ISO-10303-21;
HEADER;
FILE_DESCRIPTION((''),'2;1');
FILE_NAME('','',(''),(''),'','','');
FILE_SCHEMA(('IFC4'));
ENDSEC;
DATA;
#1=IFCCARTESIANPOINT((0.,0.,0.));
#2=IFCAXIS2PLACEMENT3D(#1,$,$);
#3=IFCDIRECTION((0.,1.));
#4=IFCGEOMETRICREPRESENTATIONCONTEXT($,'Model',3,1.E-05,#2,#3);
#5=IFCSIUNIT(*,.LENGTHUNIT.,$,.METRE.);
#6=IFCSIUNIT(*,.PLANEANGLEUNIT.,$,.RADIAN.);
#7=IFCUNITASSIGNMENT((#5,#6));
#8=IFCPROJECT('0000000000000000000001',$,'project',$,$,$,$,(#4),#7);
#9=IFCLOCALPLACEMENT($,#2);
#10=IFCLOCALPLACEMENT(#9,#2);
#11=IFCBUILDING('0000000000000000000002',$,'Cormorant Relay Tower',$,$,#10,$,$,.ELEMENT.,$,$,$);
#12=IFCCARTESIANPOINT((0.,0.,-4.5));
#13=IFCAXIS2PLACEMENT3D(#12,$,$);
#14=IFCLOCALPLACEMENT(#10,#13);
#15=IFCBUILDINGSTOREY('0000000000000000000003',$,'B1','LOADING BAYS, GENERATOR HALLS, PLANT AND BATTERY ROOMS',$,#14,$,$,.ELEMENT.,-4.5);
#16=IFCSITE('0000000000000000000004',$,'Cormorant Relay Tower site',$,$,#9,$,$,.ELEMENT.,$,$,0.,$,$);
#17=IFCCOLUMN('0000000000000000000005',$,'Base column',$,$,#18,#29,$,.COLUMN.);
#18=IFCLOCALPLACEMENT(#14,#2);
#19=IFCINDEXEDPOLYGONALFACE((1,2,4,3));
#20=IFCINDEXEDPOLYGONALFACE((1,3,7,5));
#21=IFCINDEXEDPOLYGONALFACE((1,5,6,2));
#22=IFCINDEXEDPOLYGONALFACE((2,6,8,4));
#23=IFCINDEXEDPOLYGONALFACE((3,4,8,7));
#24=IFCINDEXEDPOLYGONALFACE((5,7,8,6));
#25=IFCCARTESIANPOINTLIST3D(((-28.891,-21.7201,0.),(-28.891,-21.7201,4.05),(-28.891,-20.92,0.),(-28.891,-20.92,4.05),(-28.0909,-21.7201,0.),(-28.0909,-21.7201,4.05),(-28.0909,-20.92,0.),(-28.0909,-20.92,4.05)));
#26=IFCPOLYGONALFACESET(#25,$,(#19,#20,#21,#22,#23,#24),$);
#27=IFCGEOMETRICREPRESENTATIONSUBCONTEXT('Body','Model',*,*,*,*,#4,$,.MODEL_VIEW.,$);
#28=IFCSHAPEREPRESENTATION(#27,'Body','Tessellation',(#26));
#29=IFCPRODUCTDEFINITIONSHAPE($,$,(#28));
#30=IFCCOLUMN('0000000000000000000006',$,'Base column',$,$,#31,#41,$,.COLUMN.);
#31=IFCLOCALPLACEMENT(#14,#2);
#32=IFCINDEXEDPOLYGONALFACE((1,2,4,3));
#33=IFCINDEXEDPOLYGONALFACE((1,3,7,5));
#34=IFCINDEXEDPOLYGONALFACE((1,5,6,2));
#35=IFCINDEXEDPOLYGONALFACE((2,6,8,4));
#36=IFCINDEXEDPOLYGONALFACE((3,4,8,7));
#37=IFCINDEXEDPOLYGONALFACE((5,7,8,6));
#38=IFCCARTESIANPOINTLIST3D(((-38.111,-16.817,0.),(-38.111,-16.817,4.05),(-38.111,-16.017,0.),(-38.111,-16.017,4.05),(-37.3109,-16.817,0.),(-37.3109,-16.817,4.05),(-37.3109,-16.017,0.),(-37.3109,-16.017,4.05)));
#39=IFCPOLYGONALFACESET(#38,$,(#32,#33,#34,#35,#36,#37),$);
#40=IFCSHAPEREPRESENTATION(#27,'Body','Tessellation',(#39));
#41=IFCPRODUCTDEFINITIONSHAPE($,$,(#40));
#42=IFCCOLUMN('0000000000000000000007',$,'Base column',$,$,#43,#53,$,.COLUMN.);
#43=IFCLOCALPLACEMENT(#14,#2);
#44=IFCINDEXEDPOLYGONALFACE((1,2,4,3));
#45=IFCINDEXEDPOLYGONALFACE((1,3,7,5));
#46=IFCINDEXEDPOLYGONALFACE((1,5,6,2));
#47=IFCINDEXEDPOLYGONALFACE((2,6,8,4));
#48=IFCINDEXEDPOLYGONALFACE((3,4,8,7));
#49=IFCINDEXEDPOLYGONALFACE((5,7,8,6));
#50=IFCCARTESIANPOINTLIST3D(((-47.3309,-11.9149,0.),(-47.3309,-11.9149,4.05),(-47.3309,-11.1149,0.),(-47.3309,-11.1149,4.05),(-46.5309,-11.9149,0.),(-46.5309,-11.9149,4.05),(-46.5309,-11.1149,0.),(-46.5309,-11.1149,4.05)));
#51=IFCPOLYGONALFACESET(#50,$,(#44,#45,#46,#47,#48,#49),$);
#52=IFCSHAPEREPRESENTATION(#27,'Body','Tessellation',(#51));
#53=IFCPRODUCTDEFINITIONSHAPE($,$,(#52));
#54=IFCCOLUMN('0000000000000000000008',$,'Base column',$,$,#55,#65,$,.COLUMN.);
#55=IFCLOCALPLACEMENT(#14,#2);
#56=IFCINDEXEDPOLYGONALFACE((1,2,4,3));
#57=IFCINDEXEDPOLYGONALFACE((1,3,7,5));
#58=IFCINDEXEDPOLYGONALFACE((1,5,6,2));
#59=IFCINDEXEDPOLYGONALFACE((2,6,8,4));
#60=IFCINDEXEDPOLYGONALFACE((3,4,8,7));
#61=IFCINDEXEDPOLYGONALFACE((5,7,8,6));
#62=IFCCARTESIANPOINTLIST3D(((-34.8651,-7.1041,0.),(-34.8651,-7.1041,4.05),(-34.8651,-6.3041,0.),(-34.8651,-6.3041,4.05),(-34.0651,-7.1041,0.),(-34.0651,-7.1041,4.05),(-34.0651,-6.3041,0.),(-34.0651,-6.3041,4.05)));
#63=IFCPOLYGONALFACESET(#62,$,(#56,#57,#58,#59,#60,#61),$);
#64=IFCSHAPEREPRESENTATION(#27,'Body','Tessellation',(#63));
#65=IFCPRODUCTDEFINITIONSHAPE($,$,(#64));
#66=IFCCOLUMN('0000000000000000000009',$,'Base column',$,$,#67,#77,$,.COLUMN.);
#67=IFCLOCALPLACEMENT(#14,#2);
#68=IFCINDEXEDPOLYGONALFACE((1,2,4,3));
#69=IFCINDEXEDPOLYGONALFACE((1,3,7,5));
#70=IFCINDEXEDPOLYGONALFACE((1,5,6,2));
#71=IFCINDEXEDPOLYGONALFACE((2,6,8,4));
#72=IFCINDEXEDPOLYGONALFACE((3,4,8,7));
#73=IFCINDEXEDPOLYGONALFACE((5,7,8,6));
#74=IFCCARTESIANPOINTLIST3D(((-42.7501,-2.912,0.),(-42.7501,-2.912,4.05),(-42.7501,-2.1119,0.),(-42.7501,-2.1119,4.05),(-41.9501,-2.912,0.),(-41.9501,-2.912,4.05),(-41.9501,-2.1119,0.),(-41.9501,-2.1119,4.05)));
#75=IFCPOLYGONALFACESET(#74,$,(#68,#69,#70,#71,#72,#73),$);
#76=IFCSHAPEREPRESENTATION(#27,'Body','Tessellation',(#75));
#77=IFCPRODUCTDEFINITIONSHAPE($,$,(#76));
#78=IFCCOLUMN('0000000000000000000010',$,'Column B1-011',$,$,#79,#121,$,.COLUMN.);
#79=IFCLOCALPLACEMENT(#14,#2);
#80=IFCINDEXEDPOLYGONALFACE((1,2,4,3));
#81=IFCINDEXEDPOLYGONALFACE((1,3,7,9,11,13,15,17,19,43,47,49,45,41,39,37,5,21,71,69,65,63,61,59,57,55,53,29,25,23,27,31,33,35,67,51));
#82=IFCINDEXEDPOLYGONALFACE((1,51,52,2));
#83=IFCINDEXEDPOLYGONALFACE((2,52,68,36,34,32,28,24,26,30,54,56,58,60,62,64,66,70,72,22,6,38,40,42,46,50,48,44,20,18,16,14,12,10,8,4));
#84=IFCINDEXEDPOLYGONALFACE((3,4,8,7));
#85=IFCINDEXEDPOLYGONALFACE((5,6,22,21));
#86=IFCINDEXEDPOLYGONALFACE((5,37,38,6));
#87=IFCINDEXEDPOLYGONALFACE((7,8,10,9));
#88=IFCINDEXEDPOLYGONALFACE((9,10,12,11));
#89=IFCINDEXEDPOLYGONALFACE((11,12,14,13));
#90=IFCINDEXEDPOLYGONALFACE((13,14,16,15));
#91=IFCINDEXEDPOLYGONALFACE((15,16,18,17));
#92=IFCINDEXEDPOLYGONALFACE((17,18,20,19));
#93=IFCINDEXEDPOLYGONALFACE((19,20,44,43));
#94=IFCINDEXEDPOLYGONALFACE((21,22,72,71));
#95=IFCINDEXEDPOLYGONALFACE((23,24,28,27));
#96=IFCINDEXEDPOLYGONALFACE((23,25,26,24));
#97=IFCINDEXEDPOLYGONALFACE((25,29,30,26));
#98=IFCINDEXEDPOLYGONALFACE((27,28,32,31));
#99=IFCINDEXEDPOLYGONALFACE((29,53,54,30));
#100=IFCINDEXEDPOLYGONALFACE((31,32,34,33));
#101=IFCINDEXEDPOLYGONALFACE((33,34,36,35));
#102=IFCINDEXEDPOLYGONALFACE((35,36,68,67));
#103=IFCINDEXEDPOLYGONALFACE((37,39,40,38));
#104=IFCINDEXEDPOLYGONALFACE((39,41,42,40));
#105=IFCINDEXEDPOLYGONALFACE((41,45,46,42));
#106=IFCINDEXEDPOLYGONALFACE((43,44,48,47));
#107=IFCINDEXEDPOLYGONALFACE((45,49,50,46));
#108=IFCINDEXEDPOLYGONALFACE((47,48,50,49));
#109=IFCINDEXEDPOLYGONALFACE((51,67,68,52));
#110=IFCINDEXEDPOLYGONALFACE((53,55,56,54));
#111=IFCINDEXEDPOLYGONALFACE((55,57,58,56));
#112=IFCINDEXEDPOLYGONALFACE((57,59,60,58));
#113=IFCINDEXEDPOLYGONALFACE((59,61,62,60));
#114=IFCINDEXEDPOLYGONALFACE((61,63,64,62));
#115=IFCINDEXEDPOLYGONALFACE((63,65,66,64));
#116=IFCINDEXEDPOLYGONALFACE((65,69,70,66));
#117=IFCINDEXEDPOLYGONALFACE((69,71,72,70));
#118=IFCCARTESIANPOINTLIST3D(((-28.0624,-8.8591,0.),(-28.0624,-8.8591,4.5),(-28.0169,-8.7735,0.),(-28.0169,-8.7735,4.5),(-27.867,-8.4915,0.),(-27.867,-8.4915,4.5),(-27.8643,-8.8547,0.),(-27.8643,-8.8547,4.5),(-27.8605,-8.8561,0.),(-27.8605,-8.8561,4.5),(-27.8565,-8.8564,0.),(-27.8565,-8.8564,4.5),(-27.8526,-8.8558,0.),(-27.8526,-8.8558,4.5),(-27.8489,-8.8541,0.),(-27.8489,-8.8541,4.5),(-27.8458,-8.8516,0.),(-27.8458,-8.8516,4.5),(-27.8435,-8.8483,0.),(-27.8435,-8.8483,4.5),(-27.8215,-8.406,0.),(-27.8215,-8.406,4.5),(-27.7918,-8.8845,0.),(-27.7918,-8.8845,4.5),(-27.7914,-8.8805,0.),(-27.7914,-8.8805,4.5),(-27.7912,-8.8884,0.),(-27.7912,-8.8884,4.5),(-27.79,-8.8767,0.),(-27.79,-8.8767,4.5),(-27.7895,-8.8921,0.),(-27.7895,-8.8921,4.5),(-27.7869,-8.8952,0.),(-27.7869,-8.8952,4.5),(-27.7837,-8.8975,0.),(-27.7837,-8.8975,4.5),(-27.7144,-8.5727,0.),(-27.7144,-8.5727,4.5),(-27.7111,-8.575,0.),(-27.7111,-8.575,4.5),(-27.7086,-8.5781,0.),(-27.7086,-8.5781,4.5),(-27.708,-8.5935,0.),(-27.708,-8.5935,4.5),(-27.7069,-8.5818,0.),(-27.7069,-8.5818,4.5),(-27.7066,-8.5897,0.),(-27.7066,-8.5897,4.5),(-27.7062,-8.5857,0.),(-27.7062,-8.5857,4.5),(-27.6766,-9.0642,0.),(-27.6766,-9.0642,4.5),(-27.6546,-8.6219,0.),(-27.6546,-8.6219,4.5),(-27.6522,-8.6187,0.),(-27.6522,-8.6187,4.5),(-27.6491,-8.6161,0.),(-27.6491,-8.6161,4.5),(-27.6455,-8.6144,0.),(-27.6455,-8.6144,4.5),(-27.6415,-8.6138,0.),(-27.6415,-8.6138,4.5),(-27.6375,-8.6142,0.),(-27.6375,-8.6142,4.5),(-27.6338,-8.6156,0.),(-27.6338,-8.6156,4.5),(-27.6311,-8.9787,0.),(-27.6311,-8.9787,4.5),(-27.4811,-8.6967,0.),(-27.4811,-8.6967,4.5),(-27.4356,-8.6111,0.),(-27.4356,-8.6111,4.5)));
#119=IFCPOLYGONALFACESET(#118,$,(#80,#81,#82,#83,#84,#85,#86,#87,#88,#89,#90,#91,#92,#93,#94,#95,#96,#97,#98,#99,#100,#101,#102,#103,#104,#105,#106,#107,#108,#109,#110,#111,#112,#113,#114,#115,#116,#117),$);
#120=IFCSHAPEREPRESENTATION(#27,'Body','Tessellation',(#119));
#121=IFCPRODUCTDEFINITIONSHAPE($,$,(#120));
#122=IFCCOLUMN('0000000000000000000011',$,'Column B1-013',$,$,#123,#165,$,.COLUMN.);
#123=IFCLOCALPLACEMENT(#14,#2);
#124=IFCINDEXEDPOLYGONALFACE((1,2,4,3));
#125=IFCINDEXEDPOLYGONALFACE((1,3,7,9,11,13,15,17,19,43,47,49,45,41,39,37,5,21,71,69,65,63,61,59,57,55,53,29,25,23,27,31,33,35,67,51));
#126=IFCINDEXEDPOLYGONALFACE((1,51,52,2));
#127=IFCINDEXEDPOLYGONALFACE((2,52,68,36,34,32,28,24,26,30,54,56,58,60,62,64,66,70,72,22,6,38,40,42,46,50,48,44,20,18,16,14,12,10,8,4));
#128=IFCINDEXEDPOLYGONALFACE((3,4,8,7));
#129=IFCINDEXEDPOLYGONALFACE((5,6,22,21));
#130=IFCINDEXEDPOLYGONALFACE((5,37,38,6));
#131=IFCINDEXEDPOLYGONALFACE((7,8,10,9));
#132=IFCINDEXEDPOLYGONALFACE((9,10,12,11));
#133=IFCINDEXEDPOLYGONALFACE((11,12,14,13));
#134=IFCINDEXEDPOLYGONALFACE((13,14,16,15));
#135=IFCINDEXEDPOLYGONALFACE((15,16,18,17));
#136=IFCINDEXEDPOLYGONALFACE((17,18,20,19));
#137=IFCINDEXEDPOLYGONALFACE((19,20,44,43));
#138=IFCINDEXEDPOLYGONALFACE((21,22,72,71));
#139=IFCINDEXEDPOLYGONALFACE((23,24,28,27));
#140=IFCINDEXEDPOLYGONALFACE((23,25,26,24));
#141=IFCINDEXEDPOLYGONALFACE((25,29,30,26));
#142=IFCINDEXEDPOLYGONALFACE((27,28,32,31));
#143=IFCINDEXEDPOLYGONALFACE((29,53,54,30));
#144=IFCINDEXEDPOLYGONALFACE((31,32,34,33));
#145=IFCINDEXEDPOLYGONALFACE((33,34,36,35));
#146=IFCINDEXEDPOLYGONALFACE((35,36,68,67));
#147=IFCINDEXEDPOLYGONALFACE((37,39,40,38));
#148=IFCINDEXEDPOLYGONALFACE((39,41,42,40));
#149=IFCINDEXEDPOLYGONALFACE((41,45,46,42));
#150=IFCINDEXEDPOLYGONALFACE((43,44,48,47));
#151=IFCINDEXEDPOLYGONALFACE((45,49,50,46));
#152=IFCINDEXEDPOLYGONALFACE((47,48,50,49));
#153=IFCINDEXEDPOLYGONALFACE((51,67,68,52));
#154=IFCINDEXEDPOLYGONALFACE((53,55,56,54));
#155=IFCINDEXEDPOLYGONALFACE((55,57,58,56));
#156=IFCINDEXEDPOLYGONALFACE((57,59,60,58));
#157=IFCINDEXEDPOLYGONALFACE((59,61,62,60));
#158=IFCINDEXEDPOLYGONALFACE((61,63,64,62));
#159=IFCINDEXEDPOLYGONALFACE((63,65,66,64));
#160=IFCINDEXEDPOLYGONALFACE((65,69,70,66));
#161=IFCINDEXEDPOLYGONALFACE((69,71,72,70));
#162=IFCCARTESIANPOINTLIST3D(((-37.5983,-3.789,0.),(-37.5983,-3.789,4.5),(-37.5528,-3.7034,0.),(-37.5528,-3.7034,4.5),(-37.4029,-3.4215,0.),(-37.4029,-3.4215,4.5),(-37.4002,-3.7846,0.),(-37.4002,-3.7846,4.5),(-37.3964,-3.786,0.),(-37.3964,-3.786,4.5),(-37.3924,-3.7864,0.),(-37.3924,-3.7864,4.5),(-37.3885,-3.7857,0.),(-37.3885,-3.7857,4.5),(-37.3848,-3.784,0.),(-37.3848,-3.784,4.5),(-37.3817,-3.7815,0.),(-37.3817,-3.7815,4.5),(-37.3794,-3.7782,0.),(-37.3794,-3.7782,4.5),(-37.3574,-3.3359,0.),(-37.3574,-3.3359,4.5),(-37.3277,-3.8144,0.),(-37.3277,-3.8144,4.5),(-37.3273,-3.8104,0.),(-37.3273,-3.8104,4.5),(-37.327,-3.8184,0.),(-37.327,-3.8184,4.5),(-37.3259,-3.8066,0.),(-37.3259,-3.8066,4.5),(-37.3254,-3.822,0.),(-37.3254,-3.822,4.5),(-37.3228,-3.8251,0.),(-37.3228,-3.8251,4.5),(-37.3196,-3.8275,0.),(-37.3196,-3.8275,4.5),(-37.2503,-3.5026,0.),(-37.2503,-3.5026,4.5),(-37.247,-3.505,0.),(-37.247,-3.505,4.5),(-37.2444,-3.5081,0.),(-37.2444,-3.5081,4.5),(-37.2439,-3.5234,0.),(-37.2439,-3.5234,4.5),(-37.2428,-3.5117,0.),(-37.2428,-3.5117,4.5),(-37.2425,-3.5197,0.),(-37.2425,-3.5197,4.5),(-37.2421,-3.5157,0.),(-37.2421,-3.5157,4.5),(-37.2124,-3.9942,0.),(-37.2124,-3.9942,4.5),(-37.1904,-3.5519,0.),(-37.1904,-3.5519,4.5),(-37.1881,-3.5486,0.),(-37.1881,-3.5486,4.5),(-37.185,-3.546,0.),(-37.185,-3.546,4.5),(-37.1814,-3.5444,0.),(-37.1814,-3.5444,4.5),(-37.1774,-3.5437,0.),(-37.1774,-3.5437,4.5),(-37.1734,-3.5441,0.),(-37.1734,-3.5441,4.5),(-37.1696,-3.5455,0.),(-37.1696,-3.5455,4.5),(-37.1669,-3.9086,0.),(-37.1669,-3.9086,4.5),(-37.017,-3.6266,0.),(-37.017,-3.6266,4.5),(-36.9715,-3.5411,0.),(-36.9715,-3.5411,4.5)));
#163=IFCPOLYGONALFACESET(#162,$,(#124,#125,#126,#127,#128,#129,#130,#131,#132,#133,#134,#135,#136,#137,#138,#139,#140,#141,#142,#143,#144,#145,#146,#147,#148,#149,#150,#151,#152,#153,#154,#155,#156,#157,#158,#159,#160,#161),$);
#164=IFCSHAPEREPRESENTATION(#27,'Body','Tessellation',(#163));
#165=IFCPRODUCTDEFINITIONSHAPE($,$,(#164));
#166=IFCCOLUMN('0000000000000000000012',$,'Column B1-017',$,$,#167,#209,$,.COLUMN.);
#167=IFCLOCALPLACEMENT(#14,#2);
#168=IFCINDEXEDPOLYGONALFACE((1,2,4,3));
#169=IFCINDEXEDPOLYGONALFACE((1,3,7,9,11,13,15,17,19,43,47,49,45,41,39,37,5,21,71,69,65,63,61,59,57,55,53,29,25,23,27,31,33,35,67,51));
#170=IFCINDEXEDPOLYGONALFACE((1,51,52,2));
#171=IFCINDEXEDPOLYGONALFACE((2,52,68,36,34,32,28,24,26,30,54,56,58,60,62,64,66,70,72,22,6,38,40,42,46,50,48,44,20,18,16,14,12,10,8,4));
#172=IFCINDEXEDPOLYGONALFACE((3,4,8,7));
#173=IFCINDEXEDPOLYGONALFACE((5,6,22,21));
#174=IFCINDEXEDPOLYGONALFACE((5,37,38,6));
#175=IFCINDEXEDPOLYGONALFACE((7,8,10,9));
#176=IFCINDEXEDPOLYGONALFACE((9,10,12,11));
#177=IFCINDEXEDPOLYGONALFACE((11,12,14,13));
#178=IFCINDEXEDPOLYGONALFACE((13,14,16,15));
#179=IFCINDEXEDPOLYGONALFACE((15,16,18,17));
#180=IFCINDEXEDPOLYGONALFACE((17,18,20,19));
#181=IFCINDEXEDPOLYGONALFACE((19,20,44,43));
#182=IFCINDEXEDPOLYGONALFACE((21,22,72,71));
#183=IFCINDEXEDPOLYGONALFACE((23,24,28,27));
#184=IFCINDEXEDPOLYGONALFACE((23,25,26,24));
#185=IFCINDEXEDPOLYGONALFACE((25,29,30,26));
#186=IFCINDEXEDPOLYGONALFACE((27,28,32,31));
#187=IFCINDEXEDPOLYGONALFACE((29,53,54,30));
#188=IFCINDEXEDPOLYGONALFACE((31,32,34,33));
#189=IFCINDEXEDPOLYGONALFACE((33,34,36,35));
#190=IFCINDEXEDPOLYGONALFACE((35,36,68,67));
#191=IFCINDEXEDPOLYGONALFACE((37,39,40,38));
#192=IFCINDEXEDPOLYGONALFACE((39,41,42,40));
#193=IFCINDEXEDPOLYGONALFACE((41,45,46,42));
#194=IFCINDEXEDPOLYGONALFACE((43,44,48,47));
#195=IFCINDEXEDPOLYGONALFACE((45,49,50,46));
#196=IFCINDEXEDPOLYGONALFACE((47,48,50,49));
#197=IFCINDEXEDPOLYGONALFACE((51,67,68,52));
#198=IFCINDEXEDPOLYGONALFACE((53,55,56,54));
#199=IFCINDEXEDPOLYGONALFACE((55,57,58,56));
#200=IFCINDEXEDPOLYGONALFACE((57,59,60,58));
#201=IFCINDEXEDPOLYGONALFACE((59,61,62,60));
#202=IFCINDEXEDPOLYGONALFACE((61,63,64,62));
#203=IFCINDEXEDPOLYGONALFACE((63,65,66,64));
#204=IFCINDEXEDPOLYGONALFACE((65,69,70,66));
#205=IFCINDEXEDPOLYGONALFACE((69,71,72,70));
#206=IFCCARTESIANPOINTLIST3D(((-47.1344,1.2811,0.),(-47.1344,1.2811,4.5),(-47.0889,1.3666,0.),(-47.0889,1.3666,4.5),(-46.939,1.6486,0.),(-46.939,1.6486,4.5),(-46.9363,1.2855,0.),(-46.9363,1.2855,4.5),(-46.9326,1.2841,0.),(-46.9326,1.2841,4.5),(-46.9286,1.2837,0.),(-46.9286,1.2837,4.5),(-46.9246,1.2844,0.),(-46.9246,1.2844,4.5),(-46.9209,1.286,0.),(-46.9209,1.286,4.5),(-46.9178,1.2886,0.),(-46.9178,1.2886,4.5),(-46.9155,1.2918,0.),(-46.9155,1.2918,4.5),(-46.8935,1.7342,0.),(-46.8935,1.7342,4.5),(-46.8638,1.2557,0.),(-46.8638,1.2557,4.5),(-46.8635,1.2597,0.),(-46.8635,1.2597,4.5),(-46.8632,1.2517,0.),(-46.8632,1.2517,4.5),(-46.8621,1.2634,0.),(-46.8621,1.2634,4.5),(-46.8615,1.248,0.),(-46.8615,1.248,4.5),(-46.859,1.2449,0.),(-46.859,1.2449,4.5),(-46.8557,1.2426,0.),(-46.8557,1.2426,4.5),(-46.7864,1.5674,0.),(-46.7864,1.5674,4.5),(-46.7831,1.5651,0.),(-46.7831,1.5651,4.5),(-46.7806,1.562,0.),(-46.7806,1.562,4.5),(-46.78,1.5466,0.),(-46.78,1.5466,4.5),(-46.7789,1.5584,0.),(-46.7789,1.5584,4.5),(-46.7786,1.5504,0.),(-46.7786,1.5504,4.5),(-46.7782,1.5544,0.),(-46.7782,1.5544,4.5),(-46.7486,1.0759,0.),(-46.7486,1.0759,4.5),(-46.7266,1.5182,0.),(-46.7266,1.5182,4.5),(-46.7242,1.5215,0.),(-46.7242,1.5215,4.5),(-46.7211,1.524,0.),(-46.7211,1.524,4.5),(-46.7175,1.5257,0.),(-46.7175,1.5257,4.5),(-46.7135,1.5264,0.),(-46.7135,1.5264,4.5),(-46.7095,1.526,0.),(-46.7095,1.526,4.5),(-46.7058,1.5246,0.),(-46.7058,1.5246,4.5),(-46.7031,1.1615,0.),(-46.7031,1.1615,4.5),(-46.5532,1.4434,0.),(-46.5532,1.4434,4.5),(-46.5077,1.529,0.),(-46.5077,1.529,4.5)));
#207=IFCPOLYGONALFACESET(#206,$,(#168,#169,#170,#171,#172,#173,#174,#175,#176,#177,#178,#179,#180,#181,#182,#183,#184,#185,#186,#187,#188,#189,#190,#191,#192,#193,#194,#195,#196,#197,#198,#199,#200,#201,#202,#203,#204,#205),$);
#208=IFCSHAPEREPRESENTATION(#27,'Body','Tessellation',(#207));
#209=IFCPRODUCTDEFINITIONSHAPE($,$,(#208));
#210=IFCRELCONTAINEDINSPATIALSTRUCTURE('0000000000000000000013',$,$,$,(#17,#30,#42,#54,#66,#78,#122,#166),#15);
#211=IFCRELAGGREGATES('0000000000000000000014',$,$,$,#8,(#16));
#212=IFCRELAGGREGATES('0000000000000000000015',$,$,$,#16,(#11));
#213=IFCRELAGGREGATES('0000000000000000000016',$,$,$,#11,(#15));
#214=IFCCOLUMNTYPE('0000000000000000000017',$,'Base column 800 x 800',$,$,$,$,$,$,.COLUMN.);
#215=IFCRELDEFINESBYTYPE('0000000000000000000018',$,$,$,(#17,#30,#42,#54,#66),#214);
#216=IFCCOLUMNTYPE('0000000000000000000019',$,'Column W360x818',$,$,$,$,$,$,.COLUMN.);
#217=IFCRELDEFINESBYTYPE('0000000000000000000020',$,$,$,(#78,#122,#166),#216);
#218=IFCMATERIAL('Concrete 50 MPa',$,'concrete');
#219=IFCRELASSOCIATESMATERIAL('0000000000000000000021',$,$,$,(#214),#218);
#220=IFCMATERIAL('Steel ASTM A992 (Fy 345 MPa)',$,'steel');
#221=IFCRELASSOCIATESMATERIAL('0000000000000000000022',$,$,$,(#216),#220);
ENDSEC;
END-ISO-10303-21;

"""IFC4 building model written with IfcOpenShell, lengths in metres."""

from ifc_helpers import new_model, si_unit, direction, frame, origin, origin_2d, place, context, subcontext, project, spatial, rectangle, i_section, extrude, material, material_profile, profile_set, type_object, element, save


model = new_model("IFC4")

# Units and contexts
model_context = context("Model", 3, precision=1e-05, world=origin(), true_north=direction((0.0, 1.0)))
body_context = subcontext(model_context, "Body", "Model", "MODEL_VIEW")
ifc_project = project(units=[si_unit("LENGTHUNIT", "METRE"), si_unit("PLANEANGLEUNIT", "RADIAN")], contexts=[model_context])

# Site, building, storey
site_placement = place(None, origin())
site = spatial("IfcSite", under=ifc_project, at=site_placement, Name="Cormorant Relay Tower site", CompositionType="ELEMENT", RefElevation=0.0)
building_placement = place(site_placement, origin())
building = spatial("IfcBuilding", under=site, at=building_placement, Name="Cormorant Relay Tower", CompositionType="ELEMENT")
storey_placement = place(building_placement, frame((0.0, 0.0, -4.5)))
storey = spatial("IfcBuildingStorey", under=building, at=storey_placement, Name="B1", Description="LOADING BAYS, GENERATOR HALLS, PLANT AND BATTERY ROOMS", CompositionType="ELEMENT", Elevation=-4.5)

# Columns
ifc_material_1 = material(Name="Concrete 50 MPa", Category="concrete")
ifc_material_profile_1 = material_profile(ifc_material_1, rectangle(XDim=0.8, YDim=0.8, at=origin_2d()), Name="RC 800x800")
ifc_profile_set_1 = profile_set([ifc_material_profile_1], Name="Concrete 50 MPa")
column_type_1 = type_object("IfcColumnType", Name="Base column 800 x 800", PredefinedType="COLUMN", material=ifc_profile_set_1)
for number, where, z_axis, x_axis, name in (
    (1, (-28.491, -21.3201, 0.0), (0.0, 0.0, 1.0), (1.0, 0.0, 0.0), "Base column"),
    (2, (-37.7109, -16.417, 0.0), (0.0, 0.0, 1.0), (1.0, 0.0, 0.0), "Base column"),
    (3, (-46.9309, -11.5149, 0.0), (0.0, 0.0, 1.0), (1.0, 0.0, 0.0), "Base column"),
    (4, (-34.4651, -6.7041, 0.0), (0.0, 0.0, 1.0), (1.0, 0.0, 0.0), "Base column"),
    (5, (-42.3501, -2.512, 0.0), (0.0, 0.0, 1.0), (1.0, 0.0, 0.0), "Base column"),
):
    element("IfcColumn", number, at=place(storey_placement, frame(where, z_axis=z_axis, x_axis=x_axis)), inside=storey, type_object=column_type_1, Name=name, PredefinedType="COLUMN", context=body_context, shape_type="SweptSolid", body=[
        extrude(rectangle(XDim=0.8, YDim=0.8, at=origin_2d()), origin(), (0.0, 0.0, 1.0), 4.05),
    ])
ifc_material_2 = material(Name="Steel ASTM A992 (Fy 345 MPa)", Category="steel")
ifc_material_profile_2 = material_profile(ifc_material_2, i_section(OverallWidth=0.437, OverallDepth=0.5132, WebThickness=0.0605, FlangeThickness=0.0969, FilletRadius=0.0154, at=origin_2d()), Name="W360x818")
ifc_profile_set_2 = profile_set([ifc_material_profile_2], Name="Steel ASTM A992 (Fy 345 MPa)")
column_type_2 = type_object("IfcColumnType", Name="Column W360x818", PredefinedType="COLUMN", material=ifc_profile_set_2)
for number, where, z_axis, x_axis, name in (
    (6, (-27.749, -8.7351, 0.0), (0.0, 0.0, 1.0), (0.882948, -0.469472, 0.0), "Column B1-011"),
    (7, (-37.2849, -3.665, 0.0), (0.0, 0.0, 1.0), (0.882948, -0.469472, 0.0), "Column B1-013"),
    (8, (-46.821, 1.405, 0.0), (0.0, 0.0, 1.0), (0.882948, -0.469472, 0.0), "Column B1-017"),
):
    element("IfcColumn", number, at=place(storey_placement, frame(where, z_axis=z_axis, x_axis=x_axis)), inside=storey, type_object=column_type_2, Name=name, PredefinedType="COLUMN", context=body_context, shape_type="SweptSolid", body=[
        extrude(i_section(OverallWidth=0.437, OverallDepth=0.5132, WebThickness=0.0605, FlangeThickness=0.0969, FilletRadius=0.0154, at=origin_2d()), origin(), (0.0, 0.0, 1.0), 4.5),
    ])

save(model, "model.ifc")
